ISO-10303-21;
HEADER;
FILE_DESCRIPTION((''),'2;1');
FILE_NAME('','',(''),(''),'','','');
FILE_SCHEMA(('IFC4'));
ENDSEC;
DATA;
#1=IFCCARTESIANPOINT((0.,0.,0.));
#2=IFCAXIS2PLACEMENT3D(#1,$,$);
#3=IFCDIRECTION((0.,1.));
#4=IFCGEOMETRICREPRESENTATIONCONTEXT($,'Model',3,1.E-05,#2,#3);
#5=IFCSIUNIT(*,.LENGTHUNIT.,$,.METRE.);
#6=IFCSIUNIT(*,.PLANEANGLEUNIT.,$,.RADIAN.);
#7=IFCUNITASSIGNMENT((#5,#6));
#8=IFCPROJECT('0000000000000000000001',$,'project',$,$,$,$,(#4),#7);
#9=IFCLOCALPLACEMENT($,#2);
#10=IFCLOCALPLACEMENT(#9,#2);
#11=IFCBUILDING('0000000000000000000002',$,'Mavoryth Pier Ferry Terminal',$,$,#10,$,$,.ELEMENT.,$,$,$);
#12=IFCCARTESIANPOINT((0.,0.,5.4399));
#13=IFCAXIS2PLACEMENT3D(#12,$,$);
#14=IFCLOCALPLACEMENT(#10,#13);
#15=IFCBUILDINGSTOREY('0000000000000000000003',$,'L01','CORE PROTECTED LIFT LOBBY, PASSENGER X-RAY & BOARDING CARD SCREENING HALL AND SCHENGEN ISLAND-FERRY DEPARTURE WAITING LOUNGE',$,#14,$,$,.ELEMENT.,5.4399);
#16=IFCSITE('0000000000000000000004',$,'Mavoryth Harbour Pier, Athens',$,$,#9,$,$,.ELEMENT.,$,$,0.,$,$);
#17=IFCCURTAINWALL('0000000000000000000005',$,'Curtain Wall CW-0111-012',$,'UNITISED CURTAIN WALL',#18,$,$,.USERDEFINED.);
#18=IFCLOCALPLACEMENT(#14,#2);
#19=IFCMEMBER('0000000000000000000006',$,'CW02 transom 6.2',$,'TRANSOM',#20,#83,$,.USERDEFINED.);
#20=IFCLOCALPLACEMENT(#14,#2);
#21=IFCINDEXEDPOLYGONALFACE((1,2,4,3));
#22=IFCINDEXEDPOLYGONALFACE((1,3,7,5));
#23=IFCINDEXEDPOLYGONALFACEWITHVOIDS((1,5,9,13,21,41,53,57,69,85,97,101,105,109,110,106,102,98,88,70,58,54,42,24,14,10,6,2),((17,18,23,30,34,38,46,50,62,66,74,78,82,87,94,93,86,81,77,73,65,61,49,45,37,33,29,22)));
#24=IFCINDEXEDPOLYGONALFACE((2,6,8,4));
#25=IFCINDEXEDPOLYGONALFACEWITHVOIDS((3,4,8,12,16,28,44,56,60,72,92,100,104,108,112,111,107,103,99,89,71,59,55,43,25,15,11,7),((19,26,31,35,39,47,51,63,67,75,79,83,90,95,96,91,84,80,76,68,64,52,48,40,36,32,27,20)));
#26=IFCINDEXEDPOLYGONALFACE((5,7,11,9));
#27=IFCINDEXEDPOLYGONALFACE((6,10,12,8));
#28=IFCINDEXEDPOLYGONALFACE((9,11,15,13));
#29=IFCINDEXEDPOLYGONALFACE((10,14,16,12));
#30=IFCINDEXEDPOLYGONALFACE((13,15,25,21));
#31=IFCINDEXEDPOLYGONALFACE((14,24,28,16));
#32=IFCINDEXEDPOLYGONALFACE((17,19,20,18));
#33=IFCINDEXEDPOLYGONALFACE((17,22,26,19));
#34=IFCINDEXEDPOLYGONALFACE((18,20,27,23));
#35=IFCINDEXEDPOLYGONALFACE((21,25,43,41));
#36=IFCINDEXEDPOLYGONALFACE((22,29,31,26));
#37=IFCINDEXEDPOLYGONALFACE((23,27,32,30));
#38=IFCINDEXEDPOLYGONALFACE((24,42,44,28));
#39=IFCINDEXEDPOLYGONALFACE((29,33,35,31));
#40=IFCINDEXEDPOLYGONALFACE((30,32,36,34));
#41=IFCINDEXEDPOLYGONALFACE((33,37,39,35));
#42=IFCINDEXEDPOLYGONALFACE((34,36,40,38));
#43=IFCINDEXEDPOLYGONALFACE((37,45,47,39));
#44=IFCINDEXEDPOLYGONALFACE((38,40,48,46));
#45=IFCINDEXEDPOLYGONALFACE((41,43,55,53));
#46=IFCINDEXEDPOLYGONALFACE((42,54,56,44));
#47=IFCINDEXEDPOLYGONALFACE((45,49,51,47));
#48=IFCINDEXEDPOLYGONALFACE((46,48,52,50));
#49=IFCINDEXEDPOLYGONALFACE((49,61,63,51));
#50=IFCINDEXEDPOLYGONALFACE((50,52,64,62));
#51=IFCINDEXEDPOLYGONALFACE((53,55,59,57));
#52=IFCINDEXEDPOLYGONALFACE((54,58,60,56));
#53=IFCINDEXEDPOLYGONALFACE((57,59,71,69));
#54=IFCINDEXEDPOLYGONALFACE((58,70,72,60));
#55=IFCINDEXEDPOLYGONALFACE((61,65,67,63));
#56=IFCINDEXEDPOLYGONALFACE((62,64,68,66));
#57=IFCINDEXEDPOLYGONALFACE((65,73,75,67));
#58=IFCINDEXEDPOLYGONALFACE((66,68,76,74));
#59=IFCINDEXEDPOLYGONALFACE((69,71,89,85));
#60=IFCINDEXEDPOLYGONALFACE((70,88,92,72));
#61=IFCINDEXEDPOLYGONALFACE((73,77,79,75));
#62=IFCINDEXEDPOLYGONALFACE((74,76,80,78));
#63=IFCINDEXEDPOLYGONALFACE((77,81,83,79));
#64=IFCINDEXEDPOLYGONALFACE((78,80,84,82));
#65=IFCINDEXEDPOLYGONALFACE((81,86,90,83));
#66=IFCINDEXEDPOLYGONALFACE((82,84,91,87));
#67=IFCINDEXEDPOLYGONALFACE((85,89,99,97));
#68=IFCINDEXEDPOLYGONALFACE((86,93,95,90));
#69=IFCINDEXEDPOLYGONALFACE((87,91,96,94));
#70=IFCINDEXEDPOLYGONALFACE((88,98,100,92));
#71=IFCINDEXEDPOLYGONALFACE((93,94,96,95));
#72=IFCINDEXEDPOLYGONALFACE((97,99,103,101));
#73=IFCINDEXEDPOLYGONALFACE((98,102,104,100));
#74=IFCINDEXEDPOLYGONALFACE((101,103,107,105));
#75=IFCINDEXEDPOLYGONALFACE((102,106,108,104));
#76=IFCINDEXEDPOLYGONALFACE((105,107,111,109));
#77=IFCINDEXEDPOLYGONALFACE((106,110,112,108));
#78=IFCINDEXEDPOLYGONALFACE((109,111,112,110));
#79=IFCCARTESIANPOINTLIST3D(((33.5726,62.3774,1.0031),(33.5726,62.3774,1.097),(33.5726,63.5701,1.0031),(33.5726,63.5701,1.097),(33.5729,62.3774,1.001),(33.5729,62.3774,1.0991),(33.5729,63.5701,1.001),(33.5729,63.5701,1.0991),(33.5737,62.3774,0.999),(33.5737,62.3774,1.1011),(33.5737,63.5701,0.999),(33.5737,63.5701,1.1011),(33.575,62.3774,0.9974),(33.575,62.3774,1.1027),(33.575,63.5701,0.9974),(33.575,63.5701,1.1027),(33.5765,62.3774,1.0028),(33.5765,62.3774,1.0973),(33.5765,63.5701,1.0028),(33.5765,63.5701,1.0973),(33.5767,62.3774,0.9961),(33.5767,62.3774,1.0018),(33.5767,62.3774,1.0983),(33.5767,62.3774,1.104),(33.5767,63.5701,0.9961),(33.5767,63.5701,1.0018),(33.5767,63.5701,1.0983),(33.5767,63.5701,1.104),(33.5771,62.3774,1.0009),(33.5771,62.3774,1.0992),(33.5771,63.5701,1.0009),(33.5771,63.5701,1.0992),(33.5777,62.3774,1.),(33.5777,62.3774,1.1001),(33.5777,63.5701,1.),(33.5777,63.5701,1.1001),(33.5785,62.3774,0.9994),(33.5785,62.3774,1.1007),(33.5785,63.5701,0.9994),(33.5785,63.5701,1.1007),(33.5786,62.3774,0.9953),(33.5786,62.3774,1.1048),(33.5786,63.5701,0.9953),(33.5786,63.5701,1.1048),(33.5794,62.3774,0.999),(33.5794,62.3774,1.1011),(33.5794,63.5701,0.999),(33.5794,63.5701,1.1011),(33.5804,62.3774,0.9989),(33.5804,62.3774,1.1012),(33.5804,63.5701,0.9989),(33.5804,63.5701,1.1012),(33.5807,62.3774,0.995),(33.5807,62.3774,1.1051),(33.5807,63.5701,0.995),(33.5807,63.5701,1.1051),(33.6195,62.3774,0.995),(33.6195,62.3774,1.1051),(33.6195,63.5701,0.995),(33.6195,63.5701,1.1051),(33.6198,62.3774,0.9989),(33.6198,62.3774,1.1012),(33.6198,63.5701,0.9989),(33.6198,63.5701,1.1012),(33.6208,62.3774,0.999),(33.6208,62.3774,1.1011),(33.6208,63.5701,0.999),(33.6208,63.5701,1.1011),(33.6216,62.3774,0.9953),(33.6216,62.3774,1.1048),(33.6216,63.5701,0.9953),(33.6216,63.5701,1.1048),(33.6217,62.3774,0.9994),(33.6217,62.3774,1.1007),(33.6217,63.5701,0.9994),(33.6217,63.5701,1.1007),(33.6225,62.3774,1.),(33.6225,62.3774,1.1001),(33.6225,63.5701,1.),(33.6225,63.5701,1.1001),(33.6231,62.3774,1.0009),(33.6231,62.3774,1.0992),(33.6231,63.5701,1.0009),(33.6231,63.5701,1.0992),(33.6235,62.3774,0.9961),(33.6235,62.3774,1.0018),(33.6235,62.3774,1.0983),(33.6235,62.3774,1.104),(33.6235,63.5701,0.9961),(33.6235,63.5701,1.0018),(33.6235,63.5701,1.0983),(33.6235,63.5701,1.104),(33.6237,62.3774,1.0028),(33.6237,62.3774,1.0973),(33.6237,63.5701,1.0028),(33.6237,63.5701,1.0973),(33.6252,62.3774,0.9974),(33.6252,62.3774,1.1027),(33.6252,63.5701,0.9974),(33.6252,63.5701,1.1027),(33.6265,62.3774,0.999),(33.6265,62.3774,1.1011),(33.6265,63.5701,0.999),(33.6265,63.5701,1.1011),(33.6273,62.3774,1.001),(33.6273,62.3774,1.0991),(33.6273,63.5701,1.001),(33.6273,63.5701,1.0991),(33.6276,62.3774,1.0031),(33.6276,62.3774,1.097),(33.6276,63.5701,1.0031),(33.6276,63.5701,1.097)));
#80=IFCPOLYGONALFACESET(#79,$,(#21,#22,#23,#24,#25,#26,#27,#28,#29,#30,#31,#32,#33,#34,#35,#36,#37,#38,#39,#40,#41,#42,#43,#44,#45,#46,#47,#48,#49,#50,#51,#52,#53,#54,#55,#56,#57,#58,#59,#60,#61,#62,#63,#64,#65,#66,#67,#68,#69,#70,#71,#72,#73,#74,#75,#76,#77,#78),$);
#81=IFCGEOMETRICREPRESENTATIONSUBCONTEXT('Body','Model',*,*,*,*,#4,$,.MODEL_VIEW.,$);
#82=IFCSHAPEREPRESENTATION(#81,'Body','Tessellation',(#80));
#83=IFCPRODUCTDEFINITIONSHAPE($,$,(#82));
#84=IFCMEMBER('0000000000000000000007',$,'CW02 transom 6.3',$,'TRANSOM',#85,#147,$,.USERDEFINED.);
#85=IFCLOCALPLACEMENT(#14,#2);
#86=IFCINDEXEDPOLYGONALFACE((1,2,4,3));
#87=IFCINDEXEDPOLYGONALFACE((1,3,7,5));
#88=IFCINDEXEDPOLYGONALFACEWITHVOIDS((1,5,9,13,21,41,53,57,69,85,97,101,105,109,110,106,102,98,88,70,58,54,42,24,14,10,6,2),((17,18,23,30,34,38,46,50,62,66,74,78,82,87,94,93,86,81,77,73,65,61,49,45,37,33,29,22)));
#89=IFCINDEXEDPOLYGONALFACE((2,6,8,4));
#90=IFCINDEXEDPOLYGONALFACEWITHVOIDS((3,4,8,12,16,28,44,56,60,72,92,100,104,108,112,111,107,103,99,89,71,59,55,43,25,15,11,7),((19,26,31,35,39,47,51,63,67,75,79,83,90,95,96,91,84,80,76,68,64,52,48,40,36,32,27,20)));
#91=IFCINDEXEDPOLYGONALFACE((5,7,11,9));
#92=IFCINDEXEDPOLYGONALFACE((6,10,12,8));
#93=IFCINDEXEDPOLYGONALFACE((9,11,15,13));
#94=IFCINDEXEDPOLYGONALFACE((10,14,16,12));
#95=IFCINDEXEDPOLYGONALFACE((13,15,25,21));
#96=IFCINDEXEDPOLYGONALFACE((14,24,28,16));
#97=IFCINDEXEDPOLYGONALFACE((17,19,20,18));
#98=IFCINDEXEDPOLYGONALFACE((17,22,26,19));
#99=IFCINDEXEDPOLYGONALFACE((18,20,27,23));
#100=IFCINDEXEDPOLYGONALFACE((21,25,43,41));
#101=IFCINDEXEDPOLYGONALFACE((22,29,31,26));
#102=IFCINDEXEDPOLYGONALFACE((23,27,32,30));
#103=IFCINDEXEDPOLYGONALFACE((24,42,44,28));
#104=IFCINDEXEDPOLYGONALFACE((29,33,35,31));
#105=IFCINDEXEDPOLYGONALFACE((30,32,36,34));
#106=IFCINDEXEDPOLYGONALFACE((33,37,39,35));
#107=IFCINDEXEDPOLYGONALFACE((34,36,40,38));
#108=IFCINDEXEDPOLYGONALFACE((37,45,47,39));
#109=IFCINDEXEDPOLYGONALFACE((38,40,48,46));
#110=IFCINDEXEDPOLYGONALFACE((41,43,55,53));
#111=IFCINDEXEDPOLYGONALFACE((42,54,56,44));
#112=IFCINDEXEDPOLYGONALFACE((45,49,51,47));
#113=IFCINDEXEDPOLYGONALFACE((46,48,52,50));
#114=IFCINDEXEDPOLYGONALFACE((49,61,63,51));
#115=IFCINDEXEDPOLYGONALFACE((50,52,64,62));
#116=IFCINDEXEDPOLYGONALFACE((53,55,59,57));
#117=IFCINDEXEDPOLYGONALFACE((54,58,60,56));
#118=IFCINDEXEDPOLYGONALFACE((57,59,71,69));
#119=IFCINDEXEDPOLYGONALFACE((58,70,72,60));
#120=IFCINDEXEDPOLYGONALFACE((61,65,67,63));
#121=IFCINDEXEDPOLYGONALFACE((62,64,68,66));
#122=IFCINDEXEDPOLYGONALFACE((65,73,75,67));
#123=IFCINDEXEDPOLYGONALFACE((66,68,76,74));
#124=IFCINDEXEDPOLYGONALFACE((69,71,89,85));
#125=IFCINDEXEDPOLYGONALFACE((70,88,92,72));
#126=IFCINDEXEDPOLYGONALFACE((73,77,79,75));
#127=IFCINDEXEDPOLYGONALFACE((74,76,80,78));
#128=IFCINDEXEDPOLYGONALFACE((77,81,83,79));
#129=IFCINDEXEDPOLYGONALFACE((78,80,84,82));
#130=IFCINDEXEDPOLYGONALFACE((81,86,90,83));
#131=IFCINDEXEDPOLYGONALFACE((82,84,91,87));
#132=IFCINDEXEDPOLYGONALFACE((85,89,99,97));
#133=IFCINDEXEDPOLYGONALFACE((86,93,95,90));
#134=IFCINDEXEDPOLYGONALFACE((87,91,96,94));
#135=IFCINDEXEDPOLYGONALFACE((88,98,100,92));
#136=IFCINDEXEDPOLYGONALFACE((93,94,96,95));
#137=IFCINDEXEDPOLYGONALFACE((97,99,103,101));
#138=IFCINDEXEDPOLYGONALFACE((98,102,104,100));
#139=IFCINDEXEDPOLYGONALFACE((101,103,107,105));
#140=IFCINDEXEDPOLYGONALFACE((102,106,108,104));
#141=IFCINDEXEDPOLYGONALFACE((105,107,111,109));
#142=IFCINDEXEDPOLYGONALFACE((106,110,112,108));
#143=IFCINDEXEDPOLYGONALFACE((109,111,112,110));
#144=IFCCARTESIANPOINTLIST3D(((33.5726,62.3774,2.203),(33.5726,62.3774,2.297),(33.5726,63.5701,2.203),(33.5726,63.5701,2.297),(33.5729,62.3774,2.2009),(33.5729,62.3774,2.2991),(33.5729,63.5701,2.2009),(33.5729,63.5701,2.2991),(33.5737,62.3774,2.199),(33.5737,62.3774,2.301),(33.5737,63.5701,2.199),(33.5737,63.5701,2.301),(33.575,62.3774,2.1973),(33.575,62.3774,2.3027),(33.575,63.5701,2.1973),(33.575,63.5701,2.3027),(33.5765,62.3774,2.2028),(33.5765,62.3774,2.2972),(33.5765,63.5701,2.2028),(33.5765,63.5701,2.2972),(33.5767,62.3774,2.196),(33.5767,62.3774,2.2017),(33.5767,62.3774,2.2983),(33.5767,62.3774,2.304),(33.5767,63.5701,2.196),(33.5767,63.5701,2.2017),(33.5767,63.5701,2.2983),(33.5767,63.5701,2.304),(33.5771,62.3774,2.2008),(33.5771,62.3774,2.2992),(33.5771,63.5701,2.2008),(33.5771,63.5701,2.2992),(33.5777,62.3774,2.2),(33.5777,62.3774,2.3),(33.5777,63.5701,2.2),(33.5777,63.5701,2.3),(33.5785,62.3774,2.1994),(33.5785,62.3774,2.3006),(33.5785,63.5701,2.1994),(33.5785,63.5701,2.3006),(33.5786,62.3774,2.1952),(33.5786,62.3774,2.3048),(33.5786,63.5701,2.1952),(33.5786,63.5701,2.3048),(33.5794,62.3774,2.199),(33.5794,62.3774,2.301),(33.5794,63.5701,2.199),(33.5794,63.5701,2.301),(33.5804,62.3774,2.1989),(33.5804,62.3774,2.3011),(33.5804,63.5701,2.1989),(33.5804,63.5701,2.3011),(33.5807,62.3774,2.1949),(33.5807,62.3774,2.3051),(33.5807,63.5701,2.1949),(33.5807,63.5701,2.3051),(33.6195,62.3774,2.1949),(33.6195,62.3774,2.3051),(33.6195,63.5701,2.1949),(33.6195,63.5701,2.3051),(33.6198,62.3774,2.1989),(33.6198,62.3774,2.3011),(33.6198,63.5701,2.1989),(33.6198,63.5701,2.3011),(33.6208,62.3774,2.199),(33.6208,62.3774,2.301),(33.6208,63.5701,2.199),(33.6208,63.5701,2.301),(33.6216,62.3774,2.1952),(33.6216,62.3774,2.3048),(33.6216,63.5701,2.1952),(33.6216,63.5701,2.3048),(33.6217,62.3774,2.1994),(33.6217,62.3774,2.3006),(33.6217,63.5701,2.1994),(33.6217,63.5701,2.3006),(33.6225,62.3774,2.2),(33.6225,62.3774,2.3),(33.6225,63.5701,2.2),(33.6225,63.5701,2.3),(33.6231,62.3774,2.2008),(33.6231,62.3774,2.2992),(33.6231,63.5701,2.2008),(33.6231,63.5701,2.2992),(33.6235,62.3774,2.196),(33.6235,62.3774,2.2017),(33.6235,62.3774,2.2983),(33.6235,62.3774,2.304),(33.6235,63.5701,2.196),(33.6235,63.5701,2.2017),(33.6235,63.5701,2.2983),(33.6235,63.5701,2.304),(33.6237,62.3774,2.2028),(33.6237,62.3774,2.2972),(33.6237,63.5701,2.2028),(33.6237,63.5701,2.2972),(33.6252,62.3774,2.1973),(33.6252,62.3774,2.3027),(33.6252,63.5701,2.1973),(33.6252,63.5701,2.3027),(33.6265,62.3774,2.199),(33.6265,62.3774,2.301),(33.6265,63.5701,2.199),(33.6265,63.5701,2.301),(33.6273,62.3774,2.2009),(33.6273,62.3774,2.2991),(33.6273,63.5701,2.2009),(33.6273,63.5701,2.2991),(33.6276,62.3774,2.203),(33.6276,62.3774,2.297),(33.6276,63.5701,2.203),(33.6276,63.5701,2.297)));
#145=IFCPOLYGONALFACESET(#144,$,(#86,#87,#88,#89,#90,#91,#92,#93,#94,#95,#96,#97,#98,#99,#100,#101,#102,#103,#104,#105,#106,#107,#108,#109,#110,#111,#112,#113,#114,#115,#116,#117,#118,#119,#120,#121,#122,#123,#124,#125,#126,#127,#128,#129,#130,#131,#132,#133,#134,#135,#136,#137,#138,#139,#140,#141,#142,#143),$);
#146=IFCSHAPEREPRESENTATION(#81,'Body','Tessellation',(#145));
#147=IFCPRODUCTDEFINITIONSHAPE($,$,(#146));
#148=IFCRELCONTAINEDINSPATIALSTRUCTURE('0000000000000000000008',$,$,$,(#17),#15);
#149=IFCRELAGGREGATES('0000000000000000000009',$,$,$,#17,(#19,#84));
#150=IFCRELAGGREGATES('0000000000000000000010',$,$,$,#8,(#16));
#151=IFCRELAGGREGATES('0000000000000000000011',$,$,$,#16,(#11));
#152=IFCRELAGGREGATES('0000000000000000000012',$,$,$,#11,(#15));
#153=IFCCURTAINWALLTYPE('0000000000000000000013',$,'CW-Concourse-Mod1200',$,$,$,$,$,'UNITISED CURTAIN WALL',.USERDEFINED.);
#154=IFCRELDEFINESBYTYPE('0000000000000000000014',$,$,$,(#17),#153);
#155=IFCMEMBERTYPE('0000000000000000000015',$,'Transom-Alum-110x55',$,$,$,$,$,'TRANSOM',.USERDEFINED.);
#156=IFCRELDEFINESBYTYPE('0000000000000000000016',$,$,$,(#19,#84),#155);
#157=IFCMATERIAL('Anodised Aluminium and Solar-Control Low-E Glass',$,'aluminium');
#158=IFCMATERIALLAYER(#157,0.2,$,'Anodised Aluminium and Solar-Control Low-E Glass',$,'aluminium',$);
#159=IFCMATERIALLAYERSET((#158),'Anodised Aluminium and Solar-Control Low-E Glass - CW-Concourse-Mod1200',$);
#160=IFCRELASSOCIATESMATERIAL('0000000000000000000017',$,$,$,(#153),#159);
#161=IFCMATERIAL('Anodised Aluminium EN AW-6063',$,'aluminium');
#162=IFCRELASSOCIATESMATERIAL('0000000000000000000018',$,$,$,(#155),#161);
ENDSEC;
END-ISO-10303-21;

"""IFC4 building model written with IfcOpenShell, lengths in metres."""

from ifc_helpers import new_model, si_unit, direction, frame, origin, origin_2d, place, context, subcontext, project, spatial, hollow_rectangle, extrude, material, layer, layer_set, material_profile, profile_set, type_object, element, aggregate, save


model = new_model("IFC4")

# Units and contexts
model_context = context("Model", 3, precision=1e-05, world=origin(), true_north=direction((0.0, 1.0)))
body_context = subcontext(model_context, "Body", "Model", "MODEL_VIEW")
ifc_project = project(units=[si_unit("LENGTHUNIT", "METRE"), si_unit("PLANEANGLEUNIT", "RADIAN")], contexts=[model_context])

# Site, building, storey
site_placement = place(None, origin())
site = spatial("IfcSite", under=ifc_project, at=site_placement, Name="Mavoryth Harbour Pier, Athens", CompositionType="ELEMENT", RefElevation=0.0)
building_placement = place(site_placement, origin())
building = spatial("IfcBuilding", under=site, at=building_placement, Name="Mavoryth Pier Ferry Terminal", CompositionType="ELEMENT")
storey_placement = place(building_placement, frame((0.0, 0.0, 5.4399)))
storey = spatial("IfcBuildingStorey", under=building, at=storey_placement, Name="L01", Description="CORE PROTECTED LIFT LOBBY, PASSENGER X-RAY & BOARDING CARD SCREENING HALL AND SCHENGEN ISLAND-FERRY DEPARTURE WAITING LOUNGE", CompositionType="ELEMENT", Elevation=5.4399)

# Curtain wall
ifc_material_1 = material(Name="Anodised Aluminium and Solar-Control Low-E Glass", Category="aluminium")
ifc_layer_1 = layer(ifc_material_1, 0.2, Name="Anodised Aluminium and Solar-Control Low-E Glass", Category="aluminium")
ifc_layer_set_1 = layer_set([ifc_layer_1], Name="Anodised Aluminium and Solar-Control Low-E Glass - CW-Concourse-Mod1200")
curtain_wall_type = type_object("IfcCurtainWallType", Name="CW-Concourse-Mod1200", ElementType="UNITISED CURTAIN WALL", PredefinedType="USERDEFINED", material=ifc_layer_set_1)
curtain_wall_1_placement = place(storey_placement, origin())
curtain_wall_1 = element("IfcCurtainWall", 1, at=curtain_wall_1_placement, inside=storey, type_object=curtain_wall_type, Name="Curtain Wall CW-0111-012", ObjectType="UNITISED CURTAIN WALL", PredefinedType="USERDEFINED")
ifc_material_2 = material(Name="Anodised Aluminium EN AW-6063", Category="aluminium")

# Members
ifc_material_profile_1 = material_profile(ifc_material_2, hollow_rectangle(XDim=0.0549, YDim=0.1101, WallThickness=0.0039, InnerFilletRadius=0.0039, OuterFilletRadius=0.0081, at=origin_2d()), Name="AL-TRAN 110x55x4", Category="aluminium")
ifc_profile_set_1 = profile_set([ifc_material_profile_1], Name="Anodised Aluminium EN AW-6063 - AL-TRAN 110x55x4")
member_type_1 = type_object("IfcMemberType", Name="Transom-Alum-110x55", ElementType="TRANSOM", PredefinedType="USERDEFINED", material=ifc_profile_set_1)
member_1_placement = place(storey_placement, frame((33.6001, 62.3774, 1.05), z_axis=(0.0, 1.0, 0.0), x_axis=(-1.0, 0.0, 0.0)))
member_1 = element("IfcMember", 2, at=member_1_placement, type_object=member_type_1, Name="CW02 transom 6.2", ObjectType="TRANSOM", PredefinedType="USERDEFINED", context=body_context, shape_type="SweptSolid", body=[
    extrude(hollow_rectangle(XDim=0.0549, YDim=0.1101, WallThickness=0.0039, InnerFilletRadius=0.0039, OuterFilletRadius=0.0081, at=origin_2d()), origin(), (0.0, 0.0, 1.0), 1.1926),
])
member_2_placement = place(storey_placement, frame((33.6001, 62.3774, 2.25), z_axis=(0.0, 1.0, 0.0), x_axis=(-1.0, 0.0, 0.0)))
member_2 = element("IfcMember", 3, at=member_2_placement, type_object=member_type_1, Name="CW02 transom 6.3", ObjectType="TRANSOM", PredefinedType="USERDEFINED", context=body_context, shape_type="SweptSolid", body=[
    extrude(hollow_rectangle(XDim=0.0549, YDim=0.1101, WallThickness=0.0039, InnerFilletRadius=0.0039, OuterFilletRadius=0.0081, at=origin_2d()), origin(), (0.0, 0.0, 1.0), 1.1926),
])

aggregate(curtain_wall_1, [member_1, member_2])

save(model, "model.ifc")
